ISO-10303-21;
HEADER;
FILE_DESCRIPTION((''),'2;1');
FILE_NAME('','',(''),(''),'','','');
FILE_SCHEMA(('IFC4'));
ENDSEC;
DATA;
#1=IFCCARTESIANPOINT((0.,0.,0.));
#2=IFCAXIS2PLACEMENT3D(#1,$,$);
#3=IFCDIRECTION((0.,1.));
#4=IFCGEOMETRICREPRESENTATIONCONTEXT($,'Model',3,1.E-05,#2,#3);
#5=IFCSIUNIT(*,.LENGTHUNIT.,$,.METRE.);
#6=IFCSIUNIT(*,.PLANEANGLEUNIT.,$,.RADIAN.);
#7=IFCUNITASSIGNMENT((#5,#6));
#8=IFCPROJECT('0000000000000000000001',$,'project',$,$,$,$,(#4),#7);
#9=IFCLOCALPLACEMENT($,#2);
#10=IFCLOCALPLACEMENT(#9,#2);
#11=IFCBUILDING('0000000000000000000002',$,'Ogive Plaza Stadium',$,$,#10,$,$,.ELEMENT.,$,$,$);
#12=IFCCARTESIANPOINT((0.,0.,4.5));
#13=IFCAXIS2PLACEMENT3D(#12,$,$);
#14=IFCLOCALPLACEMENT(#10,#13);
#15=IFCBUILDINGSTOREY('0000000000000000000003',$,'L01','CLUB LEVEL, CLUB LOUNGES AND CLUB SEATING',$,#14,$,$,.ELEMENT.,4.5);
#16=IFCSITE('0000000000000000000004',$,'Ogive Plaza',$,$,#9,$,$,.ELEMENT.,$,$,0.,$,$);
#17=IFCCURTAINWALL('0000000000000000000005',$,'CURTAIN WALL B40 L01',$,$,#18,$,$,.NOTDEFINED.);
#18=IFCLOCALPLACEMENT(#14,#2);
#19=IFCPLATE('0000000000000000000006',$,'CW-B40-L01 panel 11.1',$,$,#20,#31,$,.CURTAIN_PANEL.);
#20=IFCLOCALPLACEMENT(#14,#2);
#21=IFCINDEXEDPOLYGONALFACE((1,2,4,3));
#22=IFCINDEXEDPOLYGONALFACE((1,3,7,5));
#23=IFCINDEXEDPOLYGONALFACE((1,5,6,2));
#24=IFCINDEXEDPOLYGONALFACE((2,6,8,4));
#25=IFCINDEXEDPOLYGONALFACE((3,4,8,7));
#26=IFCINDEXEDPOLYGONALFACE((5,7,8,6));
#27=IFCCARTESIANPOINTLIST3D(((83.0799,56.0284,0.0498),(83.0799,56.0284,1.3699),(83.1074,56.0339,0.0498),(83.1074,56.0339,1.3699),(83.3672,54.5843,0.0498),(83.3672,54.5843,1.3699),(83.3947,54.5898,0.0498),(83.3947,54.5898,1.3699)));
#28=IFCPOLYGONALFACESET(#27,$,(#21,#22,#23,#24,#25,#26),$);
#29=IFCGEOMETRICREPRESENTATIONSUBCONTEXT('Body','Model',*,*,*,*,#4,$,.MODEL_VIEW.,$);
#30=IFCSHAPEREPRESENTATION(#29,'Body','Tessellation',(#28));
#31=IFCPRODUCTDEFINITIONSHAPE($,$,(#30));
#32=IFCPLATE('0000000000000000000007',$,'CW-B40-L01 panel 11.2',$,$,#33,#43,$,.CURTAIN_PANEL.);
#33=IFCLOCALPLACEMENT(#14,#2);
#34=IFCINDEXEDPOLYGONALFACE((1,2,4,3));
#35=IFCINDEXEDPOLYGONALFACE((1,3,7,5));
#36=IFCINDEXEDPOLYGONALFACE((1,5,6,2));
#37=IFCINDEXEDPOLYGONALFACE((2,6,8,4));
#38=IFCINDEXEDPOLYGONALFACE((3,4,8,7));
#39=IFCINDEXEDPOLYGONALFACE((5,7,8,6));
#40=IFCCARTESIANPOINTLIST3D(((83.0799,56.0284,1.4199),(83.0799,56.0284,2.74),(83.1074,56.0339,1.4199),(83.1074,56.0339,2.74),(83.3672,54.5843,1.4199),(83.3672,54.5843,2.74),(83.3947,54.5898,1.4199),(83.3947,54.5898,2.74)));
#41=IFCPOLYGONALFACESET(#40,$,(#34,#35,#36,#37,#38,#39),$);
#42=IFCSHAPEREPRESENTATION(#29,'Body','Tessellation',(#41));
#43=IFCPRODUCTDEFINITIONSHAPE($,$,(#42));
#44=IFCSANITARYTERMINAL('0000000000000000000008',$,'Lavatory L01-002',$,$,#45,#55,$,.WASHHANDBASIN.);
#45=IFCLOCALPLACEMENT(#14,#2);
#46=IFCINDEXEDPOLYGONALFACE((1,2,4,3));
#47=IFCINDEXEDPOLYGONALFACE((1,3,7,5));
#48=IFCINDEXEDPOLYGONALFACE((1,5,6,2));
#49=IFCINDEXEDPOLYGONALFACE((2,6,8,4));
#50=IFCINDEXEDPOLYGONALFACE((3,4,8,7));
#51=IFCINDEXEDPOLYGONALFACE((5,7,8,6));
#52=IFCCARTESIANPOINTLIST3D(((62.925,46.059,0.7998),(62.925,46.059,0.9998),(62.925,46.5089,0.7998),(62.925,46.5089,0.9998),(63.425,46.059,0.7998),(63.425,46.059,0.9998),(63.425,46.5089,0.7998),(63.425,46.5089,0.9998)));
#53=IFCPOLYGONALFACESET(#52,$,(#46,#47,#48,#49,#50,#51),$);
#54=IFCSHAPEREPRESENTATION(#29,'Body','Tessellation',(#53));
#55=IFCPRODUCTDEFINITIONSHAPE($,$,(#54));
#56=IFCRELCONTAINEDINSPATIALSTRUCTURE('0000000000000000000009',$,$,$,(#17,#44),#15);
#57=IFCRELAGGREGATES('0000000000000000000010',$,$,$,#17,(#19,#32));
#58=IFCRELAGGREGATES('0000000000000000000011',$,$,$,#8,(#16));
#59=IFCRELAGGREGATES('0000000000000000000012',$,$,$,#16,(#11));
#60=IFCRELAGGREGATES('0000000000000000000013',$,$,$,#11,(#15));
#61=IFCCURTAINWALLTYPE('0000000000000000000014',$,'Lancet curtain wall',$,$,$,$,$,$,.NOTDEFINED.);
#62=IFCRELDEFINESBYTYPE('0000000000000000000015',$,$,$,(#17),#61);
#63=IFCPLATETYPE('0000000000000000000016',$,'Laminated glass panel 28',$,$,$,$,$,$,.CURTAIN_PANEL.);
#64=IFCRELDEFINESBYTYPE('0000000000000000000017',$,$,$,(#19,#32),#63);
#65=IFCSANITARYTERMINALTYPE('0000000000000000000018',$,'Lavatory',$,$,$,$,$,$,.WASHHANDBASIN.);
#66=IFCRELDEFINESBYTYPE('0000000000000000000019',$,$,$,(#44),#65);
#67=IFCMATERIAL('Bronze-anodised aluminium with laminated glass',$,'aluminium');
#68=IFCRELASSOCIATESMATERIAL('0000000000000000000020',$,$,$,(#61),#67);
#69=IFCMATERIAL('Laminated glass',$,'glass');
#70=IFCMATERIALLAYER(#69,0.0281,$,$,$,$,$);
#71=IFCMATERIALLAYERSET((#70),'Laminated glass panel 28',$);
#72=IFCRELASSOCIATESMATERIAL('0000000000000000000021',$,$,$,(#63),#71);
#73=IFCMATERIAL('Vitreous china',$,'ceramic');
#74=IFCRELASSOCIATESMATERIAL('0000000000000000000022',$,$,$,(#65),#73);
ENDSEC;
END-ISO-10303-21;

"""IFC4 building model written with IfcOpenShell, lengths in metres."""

from ifc_helpers import new_model, si_unit, direction, frame, origin, origin_2d, place, context, subcontext, project, spatial, rectangle, extrude, material, layer, layer_set, type_object, element, aggregate, save


model = new_model("IFC4")

# Units and contexts
model_context = context("Model", 3, precision=1e-05, world=origin(), true_north=direction((0.0, 1.0)))
body_context = subcontext(model_context, "Body", "Model", "MODEL_VIEW")
ifc_project = project(units=[si_unit("LENGTHUNIT", "METRE"), si_unit("PLANEANGLEUNIT", "RADIAN")], contexts=[model_context])

# Site, building, storey
site_placement = place(None, origin())
site = spatial("IfcSite", under=ifc_project, at=site_placement, Name="Ogive Plaza", CompositionType="ELEMENT", RefElevation=0.0)
building_placement = place(site_placement, origin())
building = spatial("IfcBuilding", under=site, at=building_placement, Name="Ogive Plaza Stadium", CompositionType="ELEMENT")
storey_placement = place(building_placement, frame((0.0, 0.0, 4.5)))
storey = spatial("IfcBuildingStorey", under=building, at=storey_placement, Name="L01", Description="CLUB LEVEL, CLUB LOUNGES AND CLUB SEATING", CompositionType="ELEMENT", Elevation=4.5)

# Curtain wall
ifc_material_1 = material(Name="Bronze-anodised aluminium with laminated glass", Category="aluminium")
curtain_wall_type = type_object("IfcCurtainWallType", Name="Lancet curtain wall", PredefinedType="NOTDEFINED", material=ifc_material_1)
curtain_wall_placement = place(storey_placement, origin())
curtain_wall = element("IfcCurtainWall", 1, at=curtain_wall_placement, inside=storey, type_object=curtain_wall_type, Name="CURTAIN WALL B40 L01", PredefinedType="NOTDEFINED")

# Plates
ifc_material_2 = material(Name="Laminated glass", Category="glass")
ifc_layer = layer(ifc_material_2, 0.0281)
ifc_layer_set = layer_set([ifc_layer], Name="Laminated glass panel 28")
plate_type = type_object("IfcPlateType", Name="Laminated glass panel 28", PredefinedType="CURTAIN_PANEL", material=ifc_layer_set)
plate_1_placement = place(storey_placement, frame((83.2373, 55.3091, 0.0498), z_axis=(0.0, 0.0, 1.0), x_axis=(0.19509, -0.980785, 0.0)))
plate_1 = element("IfcPlate", 2, at=plate_1_placement, type_object=plate_type, Name="CW-B40-L01 panel 11.1", PredefinedType="CURTAIN_PANEL", context=body_context, shape_type="SweptSolid", body=[
    extrude(rectangle(XDim=1.4724, YDim=0.0281, at=origin_2d()), origin(), (0.0, 0.0, 1.0), 1.3201),
])
plate_2_placement = place(storey_placement, frame((83.2373, 55.3091, 1.4199), z_axis=(0.0, 0.0, 1.0), x_axis=(0.19509, -0.980785, 0.0)))
plate_2 = element("IfcPlate", 3, at=plate_2_placement, type_object=plate_type, Name="CW-B40-L01 panel 11.2", PredefinedType="CURTAIN_PANEL", context=body_context, shape_type="SweptSolid", body=[
    extrude(rectangle(XDim=1.4724, YDim=0.0281, at=origin_2d()), origin(), (0.0, 0.0, 1.0), 1.3201),
])
aggregate(curtain_wall, [plate_1, plate_2])

# Sanitary terminal
ifc_material_3 = material(Name="Vitreous china", Category="ceramic")
sanitary_terminal_type = type_object("IfcSanitaryTerminalType", Name="Lavatory", PredefinedType="WASHHANDBASIN", material=ifc_material_3)
sanitary_terminal_placement = place(storey_placement, frame((63.175, 46.2839, 0.7998), z_axis=(0.0, 0.0, 1.0), x_axis=(1.0, 0.0, 0.0)))
element("IfcSanitaryTerminal", 4, at=sanitary_terminal_placement, inside=storey, type_object=sanitary_terminal_type, Name="Lavatory L01-002", PredefinedType="WASHHANDBASIN", context=body_context, shape_type="SweptSolid", body=[
    extrude(rectangle(XDim=0.5, YDim=0.45, at=origin_2d()), origin(), (0.0, 0.0, 1.0), 0.2),
])

save(model, "model.ifc")
